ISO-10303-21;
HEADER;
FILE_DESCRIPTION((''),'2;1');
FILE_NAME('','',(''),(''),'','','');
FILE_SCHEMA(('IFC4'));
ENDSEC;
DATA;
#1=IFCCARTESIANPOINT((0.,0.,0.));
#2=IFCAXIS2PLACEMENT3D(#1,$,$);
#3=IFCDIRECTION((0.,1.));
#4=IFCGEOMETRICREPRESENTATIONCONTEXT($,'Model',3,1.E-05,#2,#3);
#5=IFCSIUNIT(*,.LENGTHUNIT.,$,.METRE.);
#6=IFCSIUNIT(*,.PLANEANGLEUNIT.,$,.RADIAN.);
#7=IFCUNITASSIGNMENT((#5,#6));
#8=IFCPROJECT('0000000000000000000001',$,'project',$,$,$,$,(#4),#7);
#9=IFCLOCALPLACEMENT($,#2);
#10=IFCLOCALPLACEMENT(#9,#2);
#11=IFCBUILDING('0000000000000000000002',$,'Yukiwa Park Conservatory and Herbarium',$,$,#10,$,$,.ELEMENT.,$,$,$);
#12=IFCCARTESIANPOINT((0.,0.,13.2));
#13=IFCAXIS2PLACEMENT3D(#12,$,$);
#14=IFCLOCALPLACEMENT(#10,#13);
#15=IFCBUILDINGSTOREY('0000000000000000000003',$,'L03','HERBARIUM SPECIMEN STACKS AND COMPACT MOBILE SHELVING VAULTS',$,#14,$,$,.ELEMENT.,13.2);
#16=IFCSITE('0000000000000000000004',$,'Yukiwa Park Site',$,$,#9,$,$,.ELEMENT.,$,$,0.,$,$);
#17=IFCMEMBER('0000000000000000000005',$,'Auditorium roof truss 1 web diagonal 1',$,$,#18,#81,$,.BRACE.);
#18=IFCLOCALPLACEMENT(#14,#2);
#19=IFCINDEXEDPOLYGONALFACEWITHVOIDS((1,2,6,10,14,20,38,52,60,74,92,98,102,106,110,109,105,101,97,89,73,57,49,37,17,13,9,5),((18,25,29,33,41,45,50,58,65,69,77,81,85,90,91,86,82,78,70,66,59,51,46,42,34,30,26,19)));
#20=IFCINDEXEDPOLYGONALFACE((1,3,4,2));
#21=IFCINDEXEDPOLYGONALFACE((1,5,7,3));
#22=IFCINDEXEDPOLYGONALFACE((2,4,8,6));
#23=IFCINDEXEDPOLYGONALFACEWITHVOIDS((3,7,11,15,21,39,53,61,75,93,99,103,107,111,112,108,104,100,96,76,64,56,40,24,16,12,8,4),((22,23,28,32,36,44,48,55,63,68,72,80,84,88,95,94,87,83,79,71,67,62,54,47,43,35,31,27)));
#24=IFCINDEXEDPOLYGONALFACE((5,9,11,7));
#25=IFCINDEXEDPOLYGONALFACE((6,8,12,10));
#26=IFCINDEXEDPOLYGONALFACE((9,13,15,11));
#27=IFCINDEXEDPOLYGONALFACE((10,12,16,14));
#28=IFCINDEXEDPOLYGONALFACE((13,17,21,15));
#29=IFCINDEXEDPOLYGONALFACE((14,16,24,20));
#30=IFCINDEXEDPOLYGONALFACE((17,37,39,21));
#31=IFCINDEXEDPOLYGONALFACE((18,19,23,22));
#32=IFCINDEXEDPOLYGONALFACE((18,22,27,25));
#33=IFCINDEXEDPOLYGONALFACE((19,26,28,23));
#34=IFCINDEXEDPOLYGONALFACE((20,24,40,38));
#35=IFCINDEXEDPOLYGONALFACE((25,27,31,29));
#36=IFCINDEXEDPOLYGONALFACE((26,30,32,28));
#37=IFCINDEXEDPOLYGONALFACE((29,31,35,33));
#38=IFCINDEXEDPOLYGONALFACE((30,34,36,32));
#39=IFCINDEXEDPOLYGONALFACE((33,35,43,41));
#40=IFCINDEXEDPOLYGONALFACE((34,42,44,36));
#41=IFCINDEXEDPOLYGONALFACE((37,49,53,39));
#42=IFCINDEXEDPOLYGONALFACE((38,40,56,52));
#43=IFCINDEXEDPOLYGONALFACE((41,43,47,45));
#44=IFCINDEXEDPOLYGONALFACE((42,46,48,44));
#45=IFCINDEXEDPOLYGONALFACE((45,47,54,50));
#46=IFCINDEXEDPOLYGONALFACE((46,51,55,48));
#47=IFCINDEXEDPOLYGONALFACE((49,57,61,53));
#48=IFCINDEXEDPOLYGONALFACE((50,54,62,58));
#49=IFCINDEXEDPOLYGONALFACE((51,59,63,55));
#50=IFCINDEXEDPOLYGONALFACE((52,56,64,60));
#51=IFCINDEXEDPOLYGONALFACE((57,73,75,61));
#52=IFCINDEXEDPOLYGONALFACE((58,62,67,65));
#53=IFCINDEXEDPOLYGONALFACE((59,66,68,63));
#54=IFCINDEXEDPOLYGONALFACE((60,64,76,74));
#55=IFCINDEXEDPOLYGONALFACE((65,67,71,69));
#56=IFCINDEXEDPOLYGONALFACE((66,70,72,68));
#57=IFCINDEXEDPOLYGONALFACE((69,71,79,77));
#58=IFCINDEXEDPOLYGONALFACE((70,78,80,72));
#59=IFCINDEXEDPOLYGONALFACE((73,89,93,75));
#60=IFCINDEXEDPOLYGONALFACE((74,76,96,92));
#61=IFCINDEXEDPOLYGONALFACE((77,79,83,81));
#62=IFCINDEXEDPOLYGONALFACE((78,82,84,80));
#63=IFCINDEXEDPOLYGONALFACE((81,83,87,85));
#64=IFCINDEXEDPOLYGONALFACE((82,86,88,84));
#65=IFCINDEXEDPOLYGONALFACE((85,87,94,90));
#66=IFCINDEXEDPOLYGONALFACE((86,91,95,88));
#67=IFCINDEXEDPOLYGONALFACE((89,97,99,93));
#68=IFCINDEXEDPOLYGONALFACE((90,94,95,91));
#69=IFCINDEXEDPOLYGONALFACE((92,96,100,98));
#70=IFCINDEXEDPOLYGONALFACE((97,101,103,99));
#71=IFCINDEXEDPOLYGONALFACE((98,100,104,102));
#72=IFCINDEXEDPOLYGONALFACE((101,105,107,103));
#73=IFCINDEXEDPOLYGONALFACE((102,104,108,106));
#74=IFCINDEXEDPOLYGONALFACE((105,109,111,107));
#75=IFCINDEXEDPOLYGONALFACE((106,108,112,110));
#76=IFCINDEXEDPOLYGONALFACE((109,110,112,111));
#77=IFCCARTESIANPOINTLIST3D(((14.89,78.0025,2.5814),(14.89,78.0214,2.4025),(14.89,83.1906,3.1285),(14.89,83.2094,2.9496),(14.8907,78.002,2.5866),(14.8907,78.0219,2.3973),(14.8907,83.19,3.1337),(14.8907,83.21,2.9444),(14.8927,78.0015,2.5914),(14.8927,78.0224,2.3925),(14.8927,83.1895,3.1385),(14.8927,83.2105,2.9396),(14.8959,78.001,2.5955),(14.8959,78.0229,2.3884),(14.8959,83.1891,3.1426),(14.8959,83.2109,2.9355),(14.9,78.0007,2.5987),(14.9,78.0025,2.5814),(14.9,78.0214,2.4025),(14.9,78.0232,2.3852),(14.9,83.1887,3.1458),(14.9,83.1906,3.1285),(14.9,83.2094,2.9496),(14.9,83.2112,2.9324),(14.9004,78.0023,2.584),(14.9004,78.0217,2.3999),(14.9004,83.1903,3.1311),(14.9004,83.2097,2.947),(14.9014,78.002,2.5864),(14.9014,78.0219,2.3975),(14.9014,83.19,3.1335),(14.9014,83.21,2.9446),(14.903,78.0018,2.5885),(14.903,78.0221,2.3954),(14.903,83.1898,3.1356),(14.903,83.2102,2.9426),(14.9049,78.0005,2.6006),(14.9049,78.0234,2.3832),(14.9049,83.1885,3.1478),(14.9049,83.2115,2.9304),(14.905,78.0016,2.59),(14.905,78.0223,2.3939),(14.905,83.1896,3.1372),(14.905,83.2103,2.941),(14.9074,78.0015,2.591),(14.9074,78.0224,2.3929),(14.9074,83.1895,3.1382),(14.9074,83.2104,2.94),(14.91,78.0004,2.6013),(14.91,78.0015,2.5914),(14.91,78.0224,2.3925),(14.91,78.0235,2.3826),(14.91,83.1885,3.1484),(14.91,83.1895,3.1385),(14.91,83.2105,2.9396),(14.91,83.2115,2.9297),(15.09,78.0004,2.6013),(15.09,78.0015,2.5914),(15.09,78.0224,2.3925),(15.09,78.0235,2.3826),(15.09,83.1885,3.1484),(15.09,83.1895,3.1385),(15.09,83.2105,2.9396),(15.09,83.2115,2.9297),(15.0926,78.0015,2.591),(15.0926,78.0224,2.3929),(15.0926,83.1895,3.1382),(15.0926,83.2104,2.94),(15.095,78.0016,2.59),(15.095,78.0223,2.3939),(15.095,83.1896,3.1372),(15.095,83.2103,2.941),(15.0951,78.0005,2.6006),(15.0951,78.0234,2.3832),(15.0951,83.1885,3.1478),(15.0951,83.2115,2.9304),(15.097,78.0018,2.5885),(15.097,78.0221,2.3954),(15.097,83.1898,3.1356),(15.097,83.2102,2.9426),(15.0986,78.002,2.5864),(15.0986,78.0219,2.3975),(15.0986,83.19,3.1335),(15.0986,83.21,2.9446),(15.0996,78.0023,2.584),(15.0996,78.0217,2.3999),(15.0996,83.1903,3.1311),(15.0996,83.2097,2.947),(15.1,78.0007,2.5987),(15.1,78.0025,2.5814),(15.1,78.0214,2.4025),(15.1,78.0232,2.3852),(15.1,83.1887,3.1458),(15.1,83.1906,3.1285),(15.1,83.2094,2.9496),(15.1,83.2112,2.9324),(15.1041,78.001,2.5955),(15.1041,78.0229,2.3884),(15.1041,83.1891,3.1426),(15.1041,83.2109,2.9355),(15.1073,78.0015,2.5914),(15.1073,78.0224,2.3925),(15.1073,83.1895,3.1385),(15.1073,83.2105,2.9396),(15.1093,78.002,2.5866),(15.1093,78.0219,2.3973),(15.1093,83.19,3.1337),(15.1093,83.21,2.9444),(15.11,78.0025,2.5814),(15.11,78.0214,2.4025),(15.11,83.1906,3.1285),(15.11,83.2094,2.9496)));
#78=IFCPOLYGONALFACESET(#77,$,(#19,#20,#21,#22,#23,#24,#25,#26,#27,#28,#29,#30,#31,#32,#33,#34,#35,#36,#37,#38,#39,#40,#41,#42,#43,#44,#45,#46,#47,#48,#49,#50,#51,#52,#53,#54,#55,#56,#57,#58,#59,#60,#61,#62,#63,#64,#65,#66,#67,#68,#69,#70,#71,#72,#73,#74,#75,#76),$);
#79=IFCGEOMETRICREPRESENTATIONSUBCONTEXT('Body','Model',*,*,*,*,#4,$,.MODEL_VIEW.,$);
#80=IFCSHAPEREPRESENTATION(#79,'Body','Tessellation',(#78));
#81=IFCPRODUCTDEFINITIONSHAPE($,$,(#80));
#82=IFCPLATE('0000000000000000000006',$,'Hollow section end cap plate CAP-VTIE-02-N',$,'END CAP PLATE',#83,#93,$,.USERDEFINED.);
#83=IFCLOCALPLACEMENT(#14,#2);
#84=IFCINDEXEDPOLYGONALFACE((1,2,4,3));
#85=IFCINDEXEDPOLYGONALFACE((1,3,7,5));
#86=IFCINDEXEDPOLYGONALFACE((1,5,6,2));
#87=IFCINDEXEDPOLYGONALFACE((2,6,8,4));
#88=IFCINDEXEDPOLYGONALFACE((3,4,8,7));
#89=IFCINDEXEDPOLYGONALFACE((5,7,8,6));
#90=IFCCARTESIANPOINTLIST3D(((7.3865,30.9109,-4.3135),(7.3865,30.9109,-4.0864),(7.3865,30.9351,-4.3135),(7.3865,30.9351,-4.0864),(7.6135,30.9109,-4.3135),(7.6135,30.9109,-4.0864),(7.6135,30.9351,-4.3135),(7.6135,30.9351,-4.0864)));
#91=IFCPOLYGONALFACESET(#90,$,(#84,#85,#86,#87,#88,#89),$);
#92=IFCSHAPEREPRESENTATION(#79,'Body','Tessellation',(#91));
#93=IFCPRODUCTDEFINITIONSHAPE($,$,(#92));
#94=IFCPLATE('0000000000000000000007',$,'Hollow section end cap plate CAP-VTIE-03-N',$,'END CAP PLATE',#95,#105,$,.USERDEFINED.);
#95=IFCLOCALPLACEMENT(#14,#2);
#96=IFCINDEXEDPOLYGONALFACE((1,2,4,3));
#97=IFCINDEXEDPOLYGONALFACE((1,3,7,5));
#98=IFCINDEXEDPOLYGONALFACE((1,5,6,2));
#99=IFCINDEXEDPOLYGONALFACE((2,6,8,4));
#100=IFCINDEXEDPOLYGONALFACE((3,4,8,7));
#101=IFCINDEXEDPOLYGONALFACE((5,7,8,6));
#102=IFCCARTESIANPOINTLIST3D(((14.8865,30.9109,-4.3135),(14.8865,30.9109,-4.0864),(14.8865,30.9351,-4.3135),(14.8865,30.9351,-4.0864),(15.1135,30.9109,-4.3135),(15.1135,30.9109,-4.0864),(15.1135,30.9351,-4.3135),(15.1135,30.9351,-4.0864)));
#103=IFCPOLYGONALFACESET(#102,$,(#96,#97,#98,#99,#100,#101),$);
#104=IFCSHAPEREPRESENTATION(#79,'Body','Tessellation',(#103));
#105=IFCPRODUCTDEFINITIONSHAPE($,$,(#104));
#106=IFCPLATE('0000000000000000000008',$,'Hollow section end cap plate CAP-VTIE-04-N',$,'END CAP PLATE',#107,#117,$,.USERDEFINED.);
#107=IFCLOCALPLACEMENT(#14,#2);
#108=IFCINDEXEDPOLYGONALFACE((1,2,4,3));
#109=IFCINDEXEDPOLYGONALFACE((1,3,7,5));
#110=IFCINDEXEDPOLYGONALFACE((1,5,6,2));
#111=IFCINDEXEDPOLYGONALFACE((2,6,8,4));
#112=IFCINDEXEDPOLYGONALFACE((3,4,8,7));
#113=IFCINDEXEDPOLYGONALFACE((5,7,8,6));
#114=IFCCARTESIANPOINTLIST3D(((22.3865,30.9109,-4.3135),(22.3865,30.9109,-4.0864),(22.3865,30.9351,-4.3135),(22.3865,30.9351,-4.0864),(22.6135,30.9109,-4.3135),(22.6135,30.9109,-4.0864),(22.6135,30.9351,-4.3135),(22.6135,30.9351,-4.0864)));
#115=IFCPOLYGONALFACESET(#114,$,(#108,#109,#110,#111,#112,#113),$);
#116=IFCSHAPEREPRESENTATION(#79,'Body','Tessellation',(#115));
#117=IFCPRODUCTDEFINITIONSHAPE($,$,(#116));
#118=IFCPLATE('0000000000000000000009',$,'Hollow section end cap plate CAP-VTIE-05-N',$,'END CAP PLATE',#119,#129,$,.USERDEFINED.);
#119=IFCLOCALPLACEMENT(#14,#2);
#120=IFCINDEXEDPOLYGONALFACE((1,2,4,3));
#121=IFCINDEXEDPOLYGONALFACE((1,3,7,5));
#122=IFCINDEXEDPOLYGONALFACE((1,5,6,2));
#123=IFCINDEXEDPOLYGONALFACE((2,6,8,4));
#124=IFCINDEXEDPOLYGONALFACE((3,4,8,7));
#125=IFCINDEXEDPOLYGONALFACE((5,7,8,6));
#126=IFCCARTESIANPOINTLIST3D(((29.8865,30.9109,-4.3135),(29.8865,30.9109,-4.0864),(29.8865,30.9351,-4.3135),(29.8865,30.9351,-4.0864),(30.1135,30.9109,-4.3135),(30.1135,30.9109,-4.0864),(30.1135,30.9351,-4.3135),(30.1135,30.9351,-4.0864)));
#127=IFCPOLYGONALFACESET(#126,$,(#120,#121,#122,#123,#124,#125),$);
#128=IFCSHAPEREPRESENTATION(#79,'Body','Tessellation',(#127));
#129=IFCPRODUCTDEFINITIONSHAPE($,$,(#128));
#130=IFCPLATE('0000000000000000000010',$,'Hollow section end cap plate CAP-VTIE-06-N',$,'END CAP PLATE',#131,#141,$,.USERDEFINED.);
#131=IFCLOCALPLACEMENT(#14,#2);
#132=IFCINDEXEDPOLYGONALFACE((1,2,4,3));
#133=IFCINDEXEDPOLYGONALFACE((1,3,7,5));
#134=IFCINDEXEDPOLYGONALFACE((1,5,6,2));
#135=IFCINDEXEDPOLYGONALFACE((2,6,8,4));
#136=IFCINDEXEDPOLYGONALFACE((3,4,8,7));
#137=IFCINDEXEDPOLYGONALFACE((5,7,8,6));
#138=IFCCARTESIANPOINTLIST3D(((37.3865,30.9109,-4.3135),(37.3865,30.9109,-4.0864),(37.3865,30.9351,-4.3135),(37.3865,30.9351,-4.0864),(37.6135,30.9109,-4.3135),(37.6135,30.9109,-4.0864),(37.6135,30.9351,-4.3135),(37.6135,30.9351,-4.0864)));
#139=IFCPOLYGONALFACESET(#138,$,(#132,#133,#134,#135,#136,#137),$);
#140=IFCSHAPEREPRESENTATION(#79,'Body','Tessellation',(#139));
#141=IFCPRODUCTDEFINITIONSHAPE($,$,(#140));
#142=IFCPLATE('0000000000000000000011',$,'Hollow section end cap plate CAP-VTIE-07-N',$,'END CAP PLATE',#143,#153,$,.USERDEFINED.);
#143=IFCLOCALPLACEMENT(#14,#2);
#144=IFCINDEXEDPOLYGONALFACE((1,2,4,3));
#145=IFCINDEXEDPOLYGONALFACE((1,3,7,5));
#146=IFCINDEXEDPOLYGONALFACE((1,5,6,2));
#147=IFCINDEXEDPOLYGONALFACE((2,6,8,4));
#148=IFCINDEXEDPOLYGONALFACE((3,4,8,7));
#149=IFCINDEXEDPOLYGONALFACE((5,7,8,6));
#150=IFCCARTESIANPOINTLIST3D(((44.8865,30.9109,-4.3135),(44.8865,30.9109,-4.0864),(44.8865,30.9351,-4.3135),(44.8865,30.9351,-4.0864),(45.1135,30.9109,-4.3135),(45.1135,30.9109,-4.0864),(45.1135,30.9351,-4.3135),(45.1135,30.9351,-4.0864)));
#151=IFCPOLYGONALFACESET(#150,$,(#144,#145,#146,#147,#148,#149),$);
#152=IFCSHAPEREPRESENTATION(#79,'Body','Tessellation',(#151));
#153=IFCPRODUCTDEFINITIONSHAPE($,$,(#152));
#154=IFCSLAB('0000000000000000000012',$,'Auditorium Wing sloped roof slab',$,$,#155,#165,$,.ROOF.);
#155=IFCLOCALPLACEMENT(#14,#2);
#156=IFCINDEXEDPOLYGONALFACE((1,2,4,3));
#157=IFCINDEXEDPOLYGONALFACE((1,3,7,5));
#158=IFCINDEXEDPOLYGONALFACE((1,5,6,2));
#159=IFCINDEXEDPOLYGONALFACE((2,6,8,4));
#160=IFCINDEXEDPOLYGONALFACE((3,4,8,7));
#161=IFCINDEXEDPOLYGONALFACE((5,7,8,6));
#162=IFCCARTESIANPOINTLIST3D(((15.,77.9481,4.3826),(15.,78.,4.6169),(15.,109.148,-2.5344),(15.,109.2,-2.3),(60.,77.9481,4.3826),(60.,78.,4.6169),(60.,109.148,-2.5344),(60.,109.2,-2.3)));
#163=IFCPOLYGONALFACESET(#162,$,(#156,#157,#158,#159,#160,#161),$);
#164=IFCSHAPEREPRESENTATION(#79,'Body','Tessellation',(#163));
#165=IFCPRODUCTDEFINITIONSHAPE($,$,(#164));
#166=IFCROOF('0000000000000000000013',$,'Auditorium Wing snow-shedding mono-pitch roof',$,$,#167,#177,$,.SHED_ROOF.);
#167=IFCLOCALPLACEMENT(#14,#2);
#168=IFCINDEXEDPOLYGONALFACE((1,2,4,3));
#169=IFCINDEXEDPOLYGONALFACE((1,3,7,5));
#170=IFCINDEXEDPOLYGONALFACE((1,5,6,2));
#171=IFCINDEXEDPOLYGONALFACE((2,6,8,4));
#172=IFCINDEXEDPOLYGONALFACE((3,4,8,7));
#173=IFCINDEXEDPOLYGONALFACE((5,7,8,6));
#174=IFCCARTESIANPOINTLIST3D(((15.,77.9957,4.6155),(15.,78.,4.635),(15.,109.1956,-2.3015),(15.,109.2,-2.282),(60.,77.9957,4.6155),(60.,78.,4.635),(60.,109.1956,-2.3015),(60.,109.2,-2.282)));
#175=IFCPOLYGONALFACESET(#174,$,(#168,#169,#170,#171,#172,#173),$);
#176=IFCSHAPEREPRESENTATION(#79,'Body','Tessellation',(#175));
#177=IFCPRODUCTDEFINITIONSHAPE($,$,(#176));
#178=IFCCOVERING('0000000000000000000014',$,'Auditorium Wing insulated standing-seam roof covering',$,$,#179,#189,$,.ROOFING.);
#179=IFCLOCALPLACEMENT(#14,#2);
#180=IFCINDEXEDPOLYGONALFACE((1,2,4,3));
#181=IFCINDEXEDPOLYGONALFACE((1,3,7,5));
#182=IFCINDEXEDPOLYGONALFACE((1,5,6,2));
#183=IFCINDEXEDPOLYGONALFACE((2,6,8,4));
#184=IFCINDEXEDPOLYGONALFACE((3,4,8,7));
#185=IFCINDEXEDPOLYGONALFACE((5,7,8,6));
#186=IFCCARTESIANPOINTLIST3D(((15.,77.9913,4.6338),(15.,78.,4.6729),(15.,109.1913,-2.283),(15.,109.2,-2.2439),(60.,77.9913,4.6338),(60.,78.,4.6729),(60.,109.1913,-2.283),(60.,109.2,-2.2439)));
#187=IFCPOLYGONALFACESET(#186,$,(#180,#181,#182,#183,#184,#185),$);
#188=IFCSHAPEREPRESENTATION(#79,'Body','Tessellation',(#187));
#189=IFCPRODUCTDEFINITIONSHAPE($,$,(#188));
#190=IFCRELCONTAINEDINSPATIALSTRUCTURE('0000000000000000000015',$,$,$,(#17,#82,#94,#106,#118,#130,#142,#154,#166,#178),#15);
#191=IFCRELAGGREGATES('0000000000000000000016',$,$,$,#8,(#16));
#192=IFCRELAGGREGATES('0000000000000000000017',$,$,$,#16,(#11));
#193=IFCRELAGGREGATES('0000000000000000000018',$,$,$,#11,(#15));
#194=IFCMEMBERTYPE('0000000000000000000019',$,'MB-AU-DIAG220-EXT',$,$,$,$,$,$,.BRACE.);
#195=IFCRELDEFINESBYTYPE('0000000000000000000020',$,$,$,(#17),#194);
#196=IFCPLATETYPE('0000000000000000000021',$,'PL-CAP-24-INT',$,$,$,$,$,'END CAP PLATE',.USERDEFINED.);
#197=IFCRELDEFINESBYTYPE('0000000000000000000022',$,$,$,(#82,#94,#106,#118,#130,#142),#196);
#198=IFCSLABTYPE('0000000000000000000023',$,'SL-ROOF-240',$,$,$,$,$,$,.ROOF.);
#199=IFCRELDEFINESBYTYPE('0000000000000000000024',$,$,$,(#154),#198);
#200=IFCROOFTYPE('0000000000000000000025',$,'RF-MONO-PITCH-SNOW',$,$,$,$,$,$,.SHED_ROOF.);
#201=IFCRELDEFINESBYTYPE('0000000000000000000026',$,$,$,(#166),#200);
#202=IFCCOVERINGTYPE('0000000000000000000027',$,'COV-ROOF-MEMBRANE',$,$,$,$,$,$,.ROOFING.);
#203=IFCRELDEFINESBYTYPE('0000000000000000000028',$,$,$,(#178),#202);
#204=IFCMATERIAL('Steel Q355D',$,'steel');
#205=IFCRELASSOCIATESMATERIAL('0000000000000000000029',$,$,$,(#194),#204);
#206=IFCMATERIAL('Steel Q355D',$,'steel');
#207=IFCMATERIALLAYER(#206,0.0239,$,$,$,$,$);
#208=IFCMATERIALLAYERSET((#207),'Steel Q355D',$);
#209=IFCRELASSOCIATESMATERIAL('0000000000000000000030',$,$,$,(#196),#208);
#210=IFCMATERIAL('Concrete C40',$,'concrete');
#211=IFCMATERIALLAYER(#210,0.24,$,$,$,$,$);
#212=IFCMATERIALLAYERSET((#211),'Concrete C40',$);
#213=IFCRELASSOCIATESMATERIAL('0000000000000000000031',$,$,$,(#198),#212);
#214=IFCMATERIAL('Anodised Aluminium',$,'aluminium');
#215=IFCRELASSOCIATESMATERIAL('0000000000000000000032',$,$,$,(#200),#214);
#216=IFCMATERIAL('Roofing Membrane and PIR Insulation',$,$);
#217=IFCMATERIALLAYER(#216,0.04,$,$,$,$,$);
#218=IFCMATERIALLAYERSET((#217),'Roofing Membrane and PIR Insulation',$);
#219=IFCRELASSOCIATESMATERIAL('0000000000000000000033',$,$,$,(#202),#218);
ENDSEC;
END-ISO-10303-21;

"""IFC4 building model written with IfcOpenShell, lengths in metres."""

from ifc_helpers import new_model, si_unit, direction, frame, origin, origin_2d, place, context, subcontext, project, spatial, polyline, rectangle, hollow_rectangle, outline, extrude, material, layer, layer_set, material_profile, profile_set, type_object, element, save


model = new_model("IFC4")

# Units and contexts
model_context = context("Model", 3, precision=1e-05, world=origin(), true_north=direction((0.0, 1.0)))
body_context = subcontext(model_context, "Body", "Model", "MODEL_VIEW")
ifc_project = project(units=[si_unit("LENGTHUNIT", "METRE"), si_unit("PLANEANGLEUNIT", "RADIAN")], contexts=[model_context])

# Site, building, storey
site_placement = place(None, origin())
site = spatial("IfcSite", under=ifc_project, at=site_placement, Name="Yukiwa Park Site", CompositionType="ELEMENT", RefElevation=0.0)
building_placement = place(site_placement, origin())
building = spatial("IfcBuilding", under=site, at=building_placement, Name="Yukiwa Park Conservatory and Herbarium", CompositionType="ELEMENT")
storey_placement = place(building_placement, frame((0.0, 0.0, 13.2)))
storey = spatial("IfcBuildingStorey", under=building, at=storey_placement, Name="L03", Description="HERBARIUM SPECIMEN STACKS AND COMPACT MOBILE SHELVING VAULTS", CompositionType="ELEMENT", Elevation=13.2)

# Member
ifc_material_1 = material(Name="Steel Q355D", Category="steel")
ifc_material_profile_1 = material_profile(ifc_material_1, hollow_rectangle(XDim=0.22, YDim=0.22, WallThickness=0.01, InnerFilletRadius=0.01, OuterFilletRadius=0.02, at=origin_2d()), Name="SHS 220x220x10")
ifc_profile_set_1 = profile_set([ifc_material_profile_1], Name="Steel Q355D")
member_type_1 = type_object("IfcMemberType", Name="MB-AU-DIAG220-EXT", PredefinedType="BRACE", material=ifc_profile_set_1)
member_1_placement = place(storey_placement, frame((15.0, 78.012, 2.4919), z_axis=(0.0, 0.994485, 0.104877), x_axis=(-1.0, 0.0, 0.0)))
element("IfcMember", 1, at=member_1_placement, inside=storey, type_object=member_type_1, Name="Auditorium roof truss 1 web diagonal 1", PredefinedType="BRACE", context=body_context, shape_type="SweptSolid", body=[
    extrude(hollow_rectangle(XDim=0.22, YDim=0.22, WallThickness=0.01, InnerFilletRadius=0.01, OuterFilletRadius=0.02, at=origin_2d()), origin(), (0.0, 0.0, 1.0), 5.2168),
])

# Plates
ifc_material_2 = material(Name="Steel Q355D", Category="steel")
ifc_layer_1 = layer(ifc_material_2, 0.0239)
ifc_layer_set_1 = layer_set([ifc_layer_1], Name="Steel Q355D")
plate_type = type_object("IfcPlateType", Name="PL-CAP-24-INT", ElementType="END CAP PLATE", PredefinedType="USERDEFINED", material=ifc_layer_set_1)
for number, where, z_axis, x_axis, name in (
    (2, (7.5, 30.9109, -4.2), (0.0, 1.0, 0.0), (-1.0, 0.0, 0.0), "Hollow section end cap plate CAP-VTIE-02-N"),
    (3, (15.0, 30.9109, -4.2), (0.0, 1.0, 0.0), (-1.0, 0.0, 0.0), "Hollow section end cap plate CAP-VTIE-03-N"),
    (4, (22.5, 30.9109, -4.2), (0.0, 1.0, 0.0), (-1.0, 0.0, 0.0), "Hollow section end cap plate CAP-VTIE-04-N"),
    (5, (30.0, 30.9109, -4.2), (0.0, 1.0, 0.0), (-1.0, 0.0, 0.0), "Hollow section end cap plate CAP-VTIE-05-N"),
    (6, (37.5, 30.9109, -4.2), (0.0, 1.0, 0.0), (-1.0, 0.0, 0.0), "Hollow section end cap plate CAP-VTIE-06-N"),
    (7, (45.0, 30.9109, -4.2), (0.0, 1.0, 0.0), (-1.0, 0.0, 0.0), "Hollow section end cap plate CAP-VTIE-07-N"),
):
    element("IfcPlate", number, at=place(storey_placement, frame(where, z_axis=z_axis, x_axis=x_axis)), inside=storey, type_object=plate_type, Name=name, ObjectType="END CAP PLATE", PredefinedType="USERDEFINED", context=body_context, shape_type="SweptSolid", body=[
        extrude(rectangle(XDim=0.2271, YDim=0.2271, at=origin_2d()), origin(), (0.0, 0.0, 1.0), 0.0242),
    ])

# Slab
ifc_material_3 = material(Name="Concrete C40", Category="concrete")
ifc_layer_2 = layer(ifc_material_3, 0.24)
ifc_layer_set_2 = layer_set([ifc_layer_2], Name="Concrete C40")
slab_type = type_object("IfcSlabType", Name="SL-ROOF-240", PredefinedType="ROOF", material=ifc_layer_set_2)
slab_placement = place(storey_placement, frame((15.0, 78.0, 4.6169), z_axis=(0.0, 0.216443, 0.976295), x_axis=(1.0, 0.0, 0.0)))
element("IfcSlab", 8, at=slab_placement, inside=storey, type_object=slab_type, Name="Auditorium Wing sloped roof slab", PredefinedType="ROOF", context=body_context, shape_type="SweptSolid", body=[
    extrude(outline(polyline([(0.0, 0.0), (45.0, 0.0), (45.0, 31.9575), (0.0, 31.9575), (0.0, 0.0)])), origin(), (0.0, 0.0, -1.0), 0.24),
])

# Roof
ifc_material_4 = material(Name="Anodised Aluminium", Category="aluminium")
roof_type = type_object("IfcRoofType", Name="RF-MONO-PITCH-SNOW", PredefinedType="SHED_ROOF", material=ifc_material_4)
roof_placement = place(storey_placement, frame((15.0, 78.0, 4.635), z_axis=(0.0, 0.216443, 0.976295), x_axis=(1.0, 0.0, 0.0)))
element("IfcRoof", 9, at=roof_placement, inside=storey, type_object=roof_type, Name="Auditorium Wing snow-shedding mono-pitch roof", PredefinedType="SHED_ROOF", context=body_context, shape_type="SweptSolid", body=[
    extrude(outline(polyline([(0.0, 0.0), (45.0, 0.0), (45.0, 31.9575), (0.0, 31.9575), (0.0, 0.0)])), origin(), (0.0, 0.0, -1.0), 0.02),
])

# Covering
ifc_material_5 = material(Name="Roofing Membrane and PIR Insulation")
ifc_layer_3 = layer(ifc_material_5, 0.04)
ifc_layer_set_3 = layer_set([ifc_layer_3], Name="Roofing Membrane and PIR Insulation")
covering_type = type_object("IfcCoveringType", Name="COV-ROOF-MEMBRANE", PredefinedType="ROOFING", material=ifc_layer_set_3)
covering_placement = place(storey_placement, frame((15.0, 78.0, 4.6729), z_axis=(0.0, 0.216436, 0.976297), x_axis=(1.0, 0.0, 0.0)))
element("IfcCovering", 10, at=covering_placement, inside=storey, type_object=covering_type, Name="Auditorium Wing insulated standing-seam roof covering", PredefinedType="ROOFING", context=body_context, shape_type="SweptSolid", body=[
    extrude(outline(polyline([(0.0, 0.0), (45.0, 0.0), (45.0, 31.9574), (0.0, 31.9574), (0.0, 0.0)])), origin(), (0.0, 0.0, -1.0), 0.04),
])

save(model, "model.ifc")
